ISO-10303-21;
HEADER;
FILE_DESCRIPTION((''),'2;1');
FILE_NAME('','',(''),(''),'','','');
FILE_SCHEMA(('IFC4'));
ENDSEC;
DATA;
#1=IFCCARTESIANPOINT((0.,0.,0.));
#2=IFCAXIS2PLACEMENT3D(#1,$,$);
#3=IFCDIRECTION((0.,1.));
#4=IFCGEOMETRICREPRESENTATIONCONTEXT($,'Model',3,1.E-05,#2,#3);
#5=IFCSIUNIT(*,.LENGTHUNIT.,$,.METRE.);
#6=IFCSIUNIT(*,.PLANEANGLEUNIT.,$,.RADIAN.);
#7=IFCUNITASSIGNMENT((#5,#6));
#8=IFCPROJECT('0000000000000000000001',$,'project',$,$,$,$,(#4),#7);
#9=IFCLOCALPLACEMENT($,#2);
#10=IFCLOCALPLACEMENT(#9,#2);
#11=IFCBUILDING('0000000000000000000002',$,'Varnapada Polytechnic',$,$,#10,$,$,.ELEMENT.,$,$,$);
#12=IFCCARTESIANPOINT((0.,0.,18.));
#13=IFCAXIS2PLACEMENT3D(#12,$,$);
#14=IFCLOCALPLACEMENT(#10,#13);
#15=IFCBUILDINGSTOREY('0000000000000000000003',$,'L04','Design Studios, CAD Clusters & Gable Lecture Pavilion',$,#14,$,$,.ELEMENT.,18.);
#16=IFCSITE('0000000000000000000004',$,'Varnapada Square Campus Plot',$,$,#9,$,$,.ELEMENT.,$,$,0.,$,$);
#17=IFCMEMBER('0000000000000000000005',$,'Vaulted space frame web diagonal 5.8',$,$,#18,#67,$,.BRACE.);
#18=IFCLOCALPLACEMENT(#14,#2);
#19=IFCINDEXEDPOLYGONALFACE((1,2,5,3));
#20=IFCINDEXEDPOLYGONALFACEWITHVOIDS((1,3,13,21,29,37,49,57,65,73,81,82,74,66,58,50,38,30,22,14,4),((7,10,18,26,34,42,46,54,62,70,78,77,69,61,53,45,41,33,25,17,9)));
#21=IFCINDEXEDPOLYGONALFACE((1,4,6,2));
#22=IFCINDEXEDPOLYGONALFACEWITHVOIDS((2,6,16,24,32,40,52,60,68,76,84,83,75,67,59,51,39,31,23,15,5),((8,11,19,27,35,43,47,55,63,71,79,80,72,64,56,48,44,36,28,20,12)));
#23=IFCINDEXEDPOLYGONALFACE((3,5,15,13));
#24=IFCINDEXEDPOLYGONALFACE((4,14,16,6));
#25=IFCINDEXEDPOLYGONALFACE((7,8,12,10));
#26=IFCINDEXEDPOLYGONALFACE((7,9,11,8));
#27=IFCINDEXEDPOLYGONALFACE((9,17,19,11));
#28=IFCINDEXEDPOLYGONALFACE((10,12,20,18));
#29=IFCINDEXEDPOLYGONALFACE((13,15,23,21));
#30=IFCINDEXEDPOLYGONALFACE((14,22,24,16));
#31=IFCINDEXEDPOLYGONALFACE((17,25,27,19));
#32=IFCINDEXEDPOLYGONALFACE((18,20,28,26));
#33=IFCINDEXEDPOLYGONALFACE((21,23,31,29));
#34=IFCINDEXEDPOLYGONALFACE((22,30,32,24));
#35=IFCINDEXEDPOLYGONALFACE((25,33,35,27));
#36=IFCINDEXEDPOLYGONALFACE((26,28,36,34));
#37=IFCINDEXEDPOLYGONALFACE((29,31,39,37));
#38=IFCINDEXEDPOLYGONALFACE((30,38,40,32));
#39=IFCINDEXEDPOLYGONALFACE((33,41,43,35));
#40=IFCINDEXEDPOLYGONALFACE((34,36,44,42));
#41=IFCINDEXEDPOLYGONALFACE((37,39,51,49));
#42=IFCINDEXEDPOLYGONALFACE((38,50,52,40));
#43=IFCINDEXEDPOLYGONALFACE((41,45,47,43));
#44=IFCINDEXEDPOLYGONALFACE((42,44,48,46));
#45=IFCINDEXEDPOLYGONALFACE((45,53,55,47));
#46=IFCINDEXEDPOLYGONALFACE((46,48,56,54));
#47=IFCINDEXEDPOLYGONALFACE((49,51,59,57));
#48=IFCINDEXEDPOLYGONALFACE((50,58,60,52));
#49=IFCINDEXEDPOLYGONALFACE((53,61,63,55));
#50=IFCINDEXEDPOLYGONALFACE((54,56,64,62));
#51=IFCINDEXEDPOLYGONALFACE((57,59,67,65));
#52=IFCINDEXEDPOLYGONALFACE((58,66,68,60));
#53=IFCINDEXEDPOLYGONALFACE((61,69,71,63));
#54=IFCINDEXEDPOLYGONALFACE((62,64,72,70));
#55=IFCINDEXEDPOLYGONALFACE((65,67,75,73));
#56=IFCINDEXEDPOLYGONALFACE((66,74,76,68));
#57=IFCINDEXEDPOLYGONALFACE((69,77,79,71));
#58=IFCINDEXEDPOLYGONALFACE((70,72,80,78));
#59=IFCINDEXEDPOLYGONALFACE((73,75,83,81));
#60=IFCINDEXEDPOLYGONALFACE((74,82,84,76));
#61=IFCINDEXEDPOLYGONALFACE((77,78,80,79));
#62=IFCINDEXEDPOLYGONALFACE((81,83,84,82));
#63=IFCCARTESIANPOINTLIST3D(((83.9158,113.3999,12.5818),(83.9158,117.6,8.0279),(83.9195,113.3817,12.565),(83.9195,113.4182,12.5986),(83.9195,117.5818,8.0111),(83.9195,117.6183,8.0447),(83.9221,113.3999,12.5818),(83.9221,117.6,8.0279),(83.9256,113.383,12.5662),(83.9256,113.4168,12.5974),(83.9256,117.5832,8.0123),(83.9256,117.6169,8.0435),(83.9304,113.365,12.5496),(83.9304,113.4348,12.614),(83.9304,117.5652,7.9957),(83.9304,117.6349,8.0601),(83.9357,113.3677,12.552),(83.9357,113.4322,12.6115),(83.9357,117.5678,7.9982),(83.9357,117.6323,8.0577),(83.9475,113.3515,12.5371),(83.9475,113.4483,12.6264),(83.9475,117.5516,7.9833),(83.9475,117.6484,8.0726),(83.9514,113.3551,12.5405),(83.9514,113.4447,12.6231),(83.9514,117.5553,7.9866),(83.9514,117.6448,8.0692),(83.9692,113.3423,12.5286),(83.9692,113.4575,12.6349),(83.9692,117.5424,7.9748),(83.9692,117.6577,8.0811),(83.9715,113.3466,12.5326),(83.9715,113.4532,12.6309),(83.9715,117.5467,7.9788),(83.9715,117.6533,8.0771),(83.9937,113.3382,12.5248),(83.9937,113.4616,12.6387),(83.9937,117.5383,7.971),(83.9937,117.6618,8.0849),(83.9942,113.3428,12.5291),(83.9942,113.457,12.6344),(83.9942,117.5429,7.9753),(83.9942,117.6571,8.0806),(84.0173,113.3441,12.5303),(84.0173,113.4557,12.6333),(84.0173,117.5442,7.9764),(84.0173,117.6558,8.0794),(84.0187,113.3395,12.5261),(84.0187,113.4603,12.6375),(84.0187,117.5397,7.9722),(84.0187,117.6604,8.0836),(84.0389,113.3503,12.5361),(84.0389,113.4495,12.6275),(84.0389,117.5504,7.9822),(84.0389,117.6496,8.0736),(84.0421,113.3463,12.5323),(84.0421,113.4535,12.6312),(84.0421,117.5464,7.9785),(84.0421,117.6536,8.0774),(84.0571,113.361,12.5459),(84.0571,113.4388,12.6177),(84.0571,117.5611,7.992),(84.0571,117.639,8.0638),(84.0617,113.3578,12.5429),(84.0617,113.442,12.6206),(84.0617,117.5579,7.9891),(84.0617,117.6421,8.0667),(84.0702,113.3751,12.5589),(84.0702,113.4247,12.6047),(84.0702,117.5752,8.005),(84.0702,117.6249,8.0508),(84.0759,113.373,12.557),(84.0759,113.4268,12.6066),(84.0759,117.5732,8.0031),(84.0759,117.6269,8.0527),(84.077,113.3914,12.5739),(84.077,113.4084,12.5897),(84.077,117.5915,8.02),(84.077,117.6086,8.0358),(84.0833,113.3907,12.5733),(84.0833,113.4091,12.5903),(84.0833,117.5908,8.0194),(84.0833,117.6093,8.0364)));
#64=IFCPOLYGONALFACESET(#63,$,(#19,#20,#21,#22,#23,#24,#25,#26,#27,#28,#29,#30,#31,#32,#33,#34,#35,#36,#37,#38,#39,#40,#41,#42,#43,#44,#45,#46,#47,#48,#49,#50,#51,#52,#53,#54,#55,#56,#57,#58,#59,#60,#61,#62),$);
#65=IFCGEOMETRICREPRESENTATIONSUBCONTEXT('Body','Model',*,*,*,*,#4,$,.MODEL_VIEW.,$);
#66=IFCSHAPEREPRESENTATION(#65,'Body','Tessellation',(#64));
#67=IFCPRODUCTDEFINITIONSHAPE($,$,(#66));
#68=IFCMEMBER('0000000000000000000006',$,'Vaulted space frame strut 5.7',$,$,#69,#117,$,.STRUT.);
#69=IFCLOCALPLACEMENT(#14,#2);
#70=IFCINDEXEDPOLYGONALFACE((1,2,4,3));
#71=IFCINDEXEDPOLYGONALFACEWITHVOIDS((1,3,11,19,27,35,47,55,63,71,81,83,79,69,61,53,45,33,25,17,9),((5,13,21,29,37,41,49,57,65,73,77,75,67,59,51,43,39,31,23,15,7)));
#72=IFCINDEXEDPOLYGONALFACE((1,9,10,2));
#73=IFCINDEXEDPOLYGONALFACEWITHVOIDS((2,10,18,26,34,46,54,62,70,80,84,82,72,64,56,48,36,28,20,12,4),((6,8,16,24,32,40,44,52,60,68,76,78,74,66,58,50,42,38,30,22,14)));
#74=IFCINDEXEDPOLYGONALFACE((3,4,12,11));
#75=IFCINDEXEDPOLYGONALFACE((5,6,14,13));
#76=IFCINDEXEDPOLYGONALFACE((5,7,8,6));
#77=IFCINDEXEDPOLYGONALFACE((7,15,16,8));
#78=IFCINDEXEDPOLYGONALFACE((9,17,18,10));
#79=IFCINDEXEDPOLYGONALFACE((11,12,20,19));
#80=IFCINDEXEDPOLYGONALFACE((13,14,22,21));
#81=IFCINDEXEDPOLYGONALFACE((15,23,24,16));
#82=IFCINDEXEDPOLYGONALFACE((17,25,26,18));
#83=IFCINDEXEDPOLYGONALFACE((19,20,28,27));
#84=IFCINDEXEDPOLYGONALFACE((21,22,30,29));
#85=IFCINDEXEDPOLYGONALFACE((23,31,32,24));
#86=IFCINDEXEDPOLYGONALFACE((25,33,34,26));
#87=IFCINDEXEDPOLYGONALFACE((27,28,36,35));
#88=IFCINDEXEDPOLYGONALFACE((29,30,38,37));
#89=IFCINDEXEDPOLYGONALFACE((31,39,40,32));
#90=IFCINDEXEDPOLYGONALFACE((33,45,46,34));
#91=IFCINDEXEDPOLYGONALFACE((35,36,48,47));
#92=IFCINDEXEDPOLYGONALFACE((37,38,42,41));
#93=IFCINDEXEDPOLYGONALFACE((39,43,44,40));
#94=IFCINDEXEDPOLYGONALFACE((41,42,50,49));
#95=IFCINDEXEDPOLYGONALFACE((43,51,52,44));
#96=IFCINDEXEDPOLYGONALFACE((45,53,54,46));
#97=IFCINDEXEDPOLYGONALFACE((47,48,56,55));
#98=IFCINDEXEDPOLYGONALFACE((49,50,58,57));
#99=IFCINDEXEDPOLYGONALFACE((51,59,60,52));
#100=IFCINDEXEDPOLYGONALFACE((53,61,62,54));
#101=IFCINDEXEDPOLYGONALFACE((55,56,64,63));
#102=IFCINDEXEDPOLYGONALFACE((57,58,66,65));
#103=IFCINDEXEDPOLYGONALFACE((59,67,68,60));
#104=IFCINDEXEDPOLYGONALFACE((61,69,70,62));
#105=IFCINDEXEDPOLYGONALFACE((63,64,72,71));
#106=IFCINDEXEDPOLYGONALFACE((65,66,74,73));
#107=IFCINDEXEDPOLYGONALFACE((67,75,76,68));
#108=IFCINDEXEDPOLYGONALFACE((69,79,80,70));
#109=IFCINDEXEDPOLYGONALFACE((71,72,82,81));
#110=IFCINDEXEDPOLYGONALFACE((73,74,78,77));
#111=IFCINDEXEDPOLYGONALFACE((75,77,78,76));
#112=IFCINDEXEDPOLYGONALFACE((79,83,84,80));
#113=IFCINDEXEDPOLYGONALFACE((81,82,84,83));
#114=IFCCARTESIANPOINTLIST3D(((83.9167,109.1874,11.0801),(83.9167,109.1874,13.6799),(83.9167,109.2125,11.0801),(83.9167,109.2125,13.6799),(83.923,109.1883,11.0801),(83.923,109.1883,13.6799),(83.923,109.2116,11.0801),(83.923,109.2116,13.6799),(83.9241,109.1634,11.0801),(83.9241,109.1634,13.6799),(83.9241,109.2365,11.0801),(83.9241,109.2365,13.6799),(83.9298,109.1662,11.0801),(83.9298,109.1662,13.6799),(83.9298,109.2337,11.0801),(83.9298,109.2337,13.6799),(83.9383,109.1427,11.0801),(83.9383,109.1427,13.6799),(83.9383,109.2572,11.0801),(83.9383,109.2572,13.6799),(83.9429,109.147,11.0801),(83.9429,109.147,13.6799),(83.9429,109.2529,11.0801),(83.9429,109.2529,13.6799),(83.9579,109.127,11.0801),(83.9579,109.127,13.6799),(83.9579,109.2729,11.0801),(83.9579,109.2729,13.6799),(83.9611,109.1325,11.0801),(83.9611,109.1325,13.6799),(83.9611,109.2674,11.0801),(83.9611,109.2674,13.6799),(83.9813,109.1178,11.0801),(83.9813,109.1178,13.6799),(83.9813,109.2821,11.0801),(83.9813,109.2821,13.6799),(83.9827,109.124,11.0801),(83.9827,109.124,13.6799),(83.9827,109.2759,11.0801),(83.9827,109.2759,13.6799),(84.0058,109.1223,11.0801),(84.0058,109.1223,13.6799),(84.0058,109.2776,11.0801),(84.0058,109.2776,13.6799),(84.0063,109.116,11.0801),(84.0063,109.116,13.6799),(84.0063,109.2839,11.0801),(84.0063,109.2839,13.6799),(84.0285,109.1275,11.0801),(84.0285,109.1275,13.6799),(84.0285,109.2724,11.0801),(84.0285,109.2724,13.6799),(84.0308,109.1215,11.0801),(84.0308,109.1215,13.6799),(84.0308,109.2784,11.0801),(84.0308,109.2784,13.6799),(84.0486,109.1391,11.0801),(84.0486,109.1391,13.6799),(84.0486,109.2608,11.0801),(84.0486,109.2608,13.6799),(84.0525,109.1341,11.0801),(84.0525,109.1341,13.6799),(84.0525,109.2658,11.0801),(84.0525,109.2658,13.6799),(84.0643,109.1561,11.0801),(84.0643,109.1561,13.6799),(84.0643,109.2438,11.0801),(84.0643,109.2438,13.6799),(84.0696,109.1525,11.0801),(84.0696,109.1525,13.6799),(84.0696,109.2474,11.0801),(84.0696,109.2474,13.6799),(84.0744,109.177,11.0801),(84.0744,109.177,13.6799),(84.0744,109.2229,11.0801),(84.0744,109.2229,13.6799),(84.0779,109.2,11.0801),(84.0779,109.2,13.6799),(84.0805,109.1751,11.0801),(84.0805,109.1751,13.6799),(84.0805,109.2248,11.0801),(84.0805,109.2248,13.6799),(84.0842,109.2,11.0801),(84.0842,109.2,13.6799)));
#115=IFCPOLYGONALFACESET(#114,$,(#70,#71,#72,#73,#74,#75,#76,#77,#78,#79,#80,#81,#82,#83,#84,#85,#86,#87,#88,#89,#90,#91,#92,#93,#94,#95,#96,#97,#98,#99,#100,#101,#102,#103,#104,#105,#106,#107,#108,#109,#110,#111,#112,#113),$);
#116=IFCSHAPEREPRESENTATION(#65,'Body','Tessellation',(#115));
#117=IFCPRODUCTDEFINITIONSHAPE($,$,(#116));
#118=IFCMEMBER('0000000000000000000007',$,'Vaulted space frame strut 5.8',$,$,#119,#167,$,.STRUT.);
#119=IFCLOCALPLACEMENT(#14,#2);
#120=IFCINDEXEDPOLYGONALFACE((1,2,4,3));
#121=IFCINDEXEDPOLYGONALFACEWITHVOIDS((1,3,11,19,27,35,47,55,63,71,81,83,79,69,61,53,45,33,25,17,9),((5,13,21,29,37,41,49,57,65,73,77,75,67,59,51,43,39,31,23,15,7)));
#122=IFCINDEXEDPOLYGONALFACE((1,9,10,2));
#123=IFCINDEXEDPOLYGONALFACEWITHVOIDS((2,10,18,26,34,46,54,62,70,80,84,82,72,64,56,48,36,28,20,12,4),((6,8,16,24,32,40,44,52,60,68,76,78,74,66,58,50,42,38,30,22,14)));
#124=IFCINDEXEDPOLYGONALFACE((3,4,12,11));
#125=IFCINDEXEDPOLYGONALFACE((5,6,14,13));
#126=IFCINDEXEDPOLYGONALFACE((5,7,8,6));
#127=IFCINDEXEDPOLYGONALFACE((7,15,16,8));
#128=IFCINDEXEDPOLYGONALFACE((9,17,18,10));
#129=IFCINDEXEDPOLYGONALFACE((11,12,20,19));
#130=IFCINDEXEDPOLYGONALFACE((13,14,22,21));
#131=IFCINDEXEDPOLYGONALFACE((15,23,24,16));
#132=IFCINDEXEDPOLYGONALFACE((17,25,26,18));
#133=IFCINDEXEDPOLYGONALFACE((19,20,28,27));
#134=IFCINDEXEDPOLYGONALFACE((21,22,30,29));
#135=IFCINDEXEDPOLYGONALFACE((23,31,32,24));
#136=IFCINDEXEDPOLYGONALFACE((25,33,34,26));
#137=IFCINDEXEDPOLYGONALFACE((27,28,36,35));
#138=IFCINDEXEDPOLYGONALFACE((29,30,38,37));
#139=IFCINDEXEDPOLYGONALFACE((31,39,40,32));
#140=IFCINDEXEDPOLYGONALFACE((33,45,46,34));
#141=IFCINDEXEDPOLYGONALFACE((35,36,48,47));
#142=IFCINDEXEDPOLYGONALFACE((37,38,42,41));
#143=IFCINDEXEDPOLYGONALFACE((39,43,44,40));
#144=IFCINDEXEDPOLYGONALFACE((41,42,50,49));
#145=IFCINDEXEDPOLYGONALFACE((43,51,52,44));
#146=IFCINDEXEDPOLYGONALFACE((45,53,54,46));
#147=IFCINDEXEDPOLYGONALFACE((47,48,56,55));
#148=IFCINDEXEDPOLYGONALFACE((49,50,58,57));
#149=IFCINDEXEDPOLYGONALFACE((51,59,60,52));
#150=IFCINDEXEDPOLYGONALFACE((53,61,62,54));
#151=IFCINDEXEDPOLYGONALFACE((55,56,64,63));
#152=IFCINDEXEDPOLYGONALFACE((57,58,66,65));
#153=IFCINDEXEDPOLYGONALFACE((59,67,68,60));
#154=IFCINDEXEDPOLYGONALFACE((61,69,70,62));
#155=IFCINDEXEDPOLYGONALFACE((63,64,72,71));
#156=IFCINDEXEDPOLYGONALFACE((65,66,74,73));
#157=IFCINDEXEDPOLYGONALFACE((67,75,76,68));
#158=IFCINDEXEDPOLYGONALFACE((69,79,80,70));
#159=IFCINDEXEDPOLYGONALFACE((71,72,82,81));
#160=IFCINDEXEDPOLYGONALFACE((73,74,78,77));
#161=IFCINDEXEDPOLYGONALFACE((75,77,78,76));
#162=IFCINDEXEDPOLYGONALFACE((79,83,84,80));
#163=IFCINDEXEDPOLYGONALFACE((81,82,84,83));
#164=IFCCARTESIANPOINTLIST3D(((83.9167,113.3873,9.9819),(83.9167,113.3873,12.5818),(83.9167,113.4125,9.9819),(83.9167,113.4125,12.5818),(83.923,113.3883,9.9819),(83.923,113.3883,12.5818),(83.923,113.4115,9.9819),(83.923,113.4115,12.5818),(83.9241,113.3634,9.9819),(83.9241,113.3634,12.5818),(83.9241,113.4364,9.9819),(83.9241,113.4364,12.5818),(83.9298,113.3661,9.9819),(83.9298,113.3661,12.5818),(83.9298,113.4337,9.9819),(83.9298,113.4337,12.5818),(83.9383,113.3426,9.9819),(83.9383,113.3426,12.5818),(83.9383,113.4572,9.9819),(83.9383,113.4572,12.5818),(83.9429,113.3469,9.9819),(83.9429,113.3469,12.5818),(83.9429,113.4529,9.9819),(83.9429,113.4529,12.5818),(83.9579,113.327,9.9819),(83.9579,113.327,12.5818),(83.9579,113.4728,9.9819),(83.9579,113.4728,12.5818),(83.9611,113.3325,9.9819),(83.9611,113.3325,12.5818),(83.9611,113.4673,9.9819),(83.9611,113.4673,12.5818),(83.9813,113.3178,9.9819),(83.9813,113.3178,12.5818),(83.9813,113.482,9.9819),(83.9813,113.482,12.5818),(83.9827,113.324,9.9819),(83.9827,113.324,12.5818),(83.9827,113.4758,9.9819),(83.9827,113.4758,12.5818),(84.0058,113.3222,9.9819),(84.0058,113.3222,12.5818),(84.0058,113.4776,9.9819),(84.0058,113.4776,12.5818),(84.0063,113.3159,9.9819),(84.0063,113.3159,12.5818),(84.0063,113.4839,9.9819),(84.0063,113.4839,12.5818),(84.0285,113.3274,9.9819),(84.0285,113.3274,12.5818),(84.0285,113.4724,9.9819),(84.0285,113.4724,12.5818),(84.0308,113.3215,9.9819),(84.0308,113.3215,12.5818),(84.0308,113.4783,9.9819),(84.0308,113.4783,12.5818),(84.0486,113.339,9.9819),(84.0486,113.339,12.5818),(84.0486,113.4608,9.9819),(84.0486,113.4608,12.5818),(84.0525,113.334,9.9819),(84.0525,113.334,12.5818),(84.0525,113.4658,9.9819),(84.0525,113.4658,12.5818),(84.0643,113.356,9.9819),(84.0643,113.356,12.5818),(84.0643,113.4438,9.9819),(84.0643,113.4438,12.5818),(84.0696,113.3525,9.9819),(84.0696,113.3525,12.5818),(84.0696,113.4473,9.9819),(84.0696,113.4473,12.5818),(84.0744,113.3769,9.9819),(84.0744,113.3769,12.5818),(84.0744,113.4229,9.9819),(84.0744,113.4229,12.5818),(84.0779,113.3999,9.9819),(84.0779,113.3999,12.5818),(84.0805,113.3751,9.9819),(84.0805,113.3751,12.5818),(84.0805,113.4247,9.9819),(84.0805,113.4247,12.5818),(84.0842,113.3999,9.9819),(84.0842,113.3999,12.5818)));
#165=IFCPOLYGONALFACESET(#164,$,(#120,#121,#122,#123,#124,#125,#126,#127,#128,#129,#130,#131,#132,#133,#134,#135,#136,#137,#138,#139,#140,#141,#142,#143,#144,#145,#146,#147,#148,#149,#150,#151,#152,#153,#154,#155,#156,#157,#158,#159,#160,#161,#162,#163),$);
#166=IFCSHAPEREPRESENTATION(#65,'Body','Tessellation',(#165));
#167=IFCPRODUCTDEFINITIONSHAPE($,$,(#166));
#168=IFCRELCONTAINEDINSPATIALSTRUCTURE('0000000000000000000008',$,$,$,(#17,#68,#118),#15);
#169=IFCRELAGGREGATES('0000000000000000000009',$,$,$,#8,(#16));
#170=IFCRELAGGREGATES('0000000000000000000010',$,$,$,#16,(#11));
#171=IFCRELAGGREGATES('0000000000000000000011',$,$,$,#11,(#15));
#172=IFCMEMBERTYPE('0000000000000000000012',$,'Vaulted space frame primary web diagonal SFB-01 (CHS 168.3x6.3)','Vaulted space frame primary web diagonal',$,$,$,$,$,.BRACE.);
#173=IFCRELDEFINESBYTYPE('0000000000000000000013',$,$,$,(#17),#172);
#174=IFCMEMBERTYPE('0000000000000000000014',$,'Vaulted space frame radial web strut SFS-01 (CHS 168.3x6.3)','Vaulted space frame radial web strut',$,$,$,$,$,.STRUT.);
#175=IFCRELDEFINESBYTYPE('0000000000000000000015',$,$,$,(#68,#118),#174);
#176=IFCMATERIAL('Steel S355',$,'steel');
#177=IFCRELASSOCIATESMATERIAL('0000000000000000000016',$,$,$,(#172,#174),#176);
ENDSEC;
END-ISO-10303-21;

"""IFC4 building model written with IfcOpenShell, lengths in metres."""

from ifc_helpers import new_model, si_unit, direction, frame, origin, origin_2d, place, context, subcontext, project, spatial, hollow_circle, extrude, material, material_profile, profile_set, type_object, element, save


model = new_model("IFC4")

# Units and contexts
model_context = context("Model", 3, precision=1e-05, world=origin(), true_north=direction((0.0, 1.0)))
body_context = subcontext(model_context, "Body", "Model", "MODEL_VIEW")
ifc_project = project(units=[si_unit("LENGTHUNIT", "METRE"), si_unit("PLANEANGLEUNIT", "RADIAN")], contexts=[model_context])

# Site, building, storey
site_placement = place(None, origin())
site = spatial("IfcSite", under=ifc_project, at=site_placement, Name="Varnapada Square Campus Plot", CompositionType="ELEMENT", RefElevation=0.0)
building_placement = place(site_placement, origin())
building = spatial("IfcBuilding", under=site, at=building_placement, Name="Varnapada Polytechnic", CompositionType="ELEMENT")
storey_placement = place(building_placement, frame((0.0, 0.0, 18.0)))
storey = spatial("IfcBuildingStorey", under=building, at=storey_placement, Name="L04", Description="Design Studios, CAD Clusters & Gable Lecture Pavilion", CompositionType="ELEMENT", Elevation=18.0)

# Shared definitions
ifc_material = material(Name="Steel S355", Category="steel")

# Members
ifc_material_profile_1 = material_profile(ifc_material, hollow_circle(Radius=0.0842, WallThickness=0.0063, at=origin_2d()), Name="CHS 168.3x6.3")
ifc_profile_set_1 = profile_set([ifc_material_profile_1], Name="Steel S355")
member_type_1 = type_object("IfcMemberType", Name="Vaulted space frame primary web diagonal SFB-01 (CHS 168.3x6.3)", Description="Vaulted space frame primary web diagonal", PredefinedType="BRACE", material=ifc_profile_set_1)
member_1_placement = place(storey_placement, frame((84.0, 113.3999, 12.5818), z_axis=(0.0, 0.677979, -0.735081), x_axis=(-1.0, 0.0, 0.0)))
element("IfcMember", 1, at=member_1_placement, inside=storey, type_object=member_type_1, Name="Vaulted space frame web diagonal 5.8", PredefinedType="BRACE", context=body_context, shape_type="SweptSolid", body=[
    extrude(hollow_circle(Radius=0.0842, WallThickness=0.0063, at=origin_2d()), origin(), (0.0, 0.0, 1.0), 6.1951),
])
ifc_material_profile_2 = material_profile(ifc_material, hollow_circle(Radius=0.0842, WallThickness=0.0063, at=origin_2d()), Name="CHS 168.3x6.3")
ifc_profile_set_2 = profile_set([ifc_material_profile_2], Name="Steel S355")
member_type_2 = type_object("IfcMemberType", Name="Vaulted space frame radial web strut SFS-01 (CHS 168.3x6.3)", Description="Vaulted space frame radial web strut", PredefinedType="STRUT", material=ifc_profile_set_2)
for number, where, z_axis, x_axis, name in (
    (2, (84.0, 109.2, 11.0801), (0.0, 0.0, 1.0), (1.0, 0.0, 0.0), "Vaulted space frame strut 5.7"),
    (3, (84.0, 113.3999, 9.9819), (0.0, 0.0, 1.0), (1.0, 0.0, 0.0), "Vaulted space frame strut 5.8"),
):
    element("IfcMember", number, at=place(storey_placement, frame(where, z_axis=z_axis, x_axis=x_axis)), inside=storey, type_object=member_type_2, Name=name, PredefinedType="STRUT", context=body_context, shape_type="SweptSolid", body=[
        extrude(hollow_circle(Radius=0.0842, WallThickness=0.0063, at=origin_2d()), origin(), (0.0, 0.0, 1.0), 2.5999),
    ])

save(model, "model.ifc")
